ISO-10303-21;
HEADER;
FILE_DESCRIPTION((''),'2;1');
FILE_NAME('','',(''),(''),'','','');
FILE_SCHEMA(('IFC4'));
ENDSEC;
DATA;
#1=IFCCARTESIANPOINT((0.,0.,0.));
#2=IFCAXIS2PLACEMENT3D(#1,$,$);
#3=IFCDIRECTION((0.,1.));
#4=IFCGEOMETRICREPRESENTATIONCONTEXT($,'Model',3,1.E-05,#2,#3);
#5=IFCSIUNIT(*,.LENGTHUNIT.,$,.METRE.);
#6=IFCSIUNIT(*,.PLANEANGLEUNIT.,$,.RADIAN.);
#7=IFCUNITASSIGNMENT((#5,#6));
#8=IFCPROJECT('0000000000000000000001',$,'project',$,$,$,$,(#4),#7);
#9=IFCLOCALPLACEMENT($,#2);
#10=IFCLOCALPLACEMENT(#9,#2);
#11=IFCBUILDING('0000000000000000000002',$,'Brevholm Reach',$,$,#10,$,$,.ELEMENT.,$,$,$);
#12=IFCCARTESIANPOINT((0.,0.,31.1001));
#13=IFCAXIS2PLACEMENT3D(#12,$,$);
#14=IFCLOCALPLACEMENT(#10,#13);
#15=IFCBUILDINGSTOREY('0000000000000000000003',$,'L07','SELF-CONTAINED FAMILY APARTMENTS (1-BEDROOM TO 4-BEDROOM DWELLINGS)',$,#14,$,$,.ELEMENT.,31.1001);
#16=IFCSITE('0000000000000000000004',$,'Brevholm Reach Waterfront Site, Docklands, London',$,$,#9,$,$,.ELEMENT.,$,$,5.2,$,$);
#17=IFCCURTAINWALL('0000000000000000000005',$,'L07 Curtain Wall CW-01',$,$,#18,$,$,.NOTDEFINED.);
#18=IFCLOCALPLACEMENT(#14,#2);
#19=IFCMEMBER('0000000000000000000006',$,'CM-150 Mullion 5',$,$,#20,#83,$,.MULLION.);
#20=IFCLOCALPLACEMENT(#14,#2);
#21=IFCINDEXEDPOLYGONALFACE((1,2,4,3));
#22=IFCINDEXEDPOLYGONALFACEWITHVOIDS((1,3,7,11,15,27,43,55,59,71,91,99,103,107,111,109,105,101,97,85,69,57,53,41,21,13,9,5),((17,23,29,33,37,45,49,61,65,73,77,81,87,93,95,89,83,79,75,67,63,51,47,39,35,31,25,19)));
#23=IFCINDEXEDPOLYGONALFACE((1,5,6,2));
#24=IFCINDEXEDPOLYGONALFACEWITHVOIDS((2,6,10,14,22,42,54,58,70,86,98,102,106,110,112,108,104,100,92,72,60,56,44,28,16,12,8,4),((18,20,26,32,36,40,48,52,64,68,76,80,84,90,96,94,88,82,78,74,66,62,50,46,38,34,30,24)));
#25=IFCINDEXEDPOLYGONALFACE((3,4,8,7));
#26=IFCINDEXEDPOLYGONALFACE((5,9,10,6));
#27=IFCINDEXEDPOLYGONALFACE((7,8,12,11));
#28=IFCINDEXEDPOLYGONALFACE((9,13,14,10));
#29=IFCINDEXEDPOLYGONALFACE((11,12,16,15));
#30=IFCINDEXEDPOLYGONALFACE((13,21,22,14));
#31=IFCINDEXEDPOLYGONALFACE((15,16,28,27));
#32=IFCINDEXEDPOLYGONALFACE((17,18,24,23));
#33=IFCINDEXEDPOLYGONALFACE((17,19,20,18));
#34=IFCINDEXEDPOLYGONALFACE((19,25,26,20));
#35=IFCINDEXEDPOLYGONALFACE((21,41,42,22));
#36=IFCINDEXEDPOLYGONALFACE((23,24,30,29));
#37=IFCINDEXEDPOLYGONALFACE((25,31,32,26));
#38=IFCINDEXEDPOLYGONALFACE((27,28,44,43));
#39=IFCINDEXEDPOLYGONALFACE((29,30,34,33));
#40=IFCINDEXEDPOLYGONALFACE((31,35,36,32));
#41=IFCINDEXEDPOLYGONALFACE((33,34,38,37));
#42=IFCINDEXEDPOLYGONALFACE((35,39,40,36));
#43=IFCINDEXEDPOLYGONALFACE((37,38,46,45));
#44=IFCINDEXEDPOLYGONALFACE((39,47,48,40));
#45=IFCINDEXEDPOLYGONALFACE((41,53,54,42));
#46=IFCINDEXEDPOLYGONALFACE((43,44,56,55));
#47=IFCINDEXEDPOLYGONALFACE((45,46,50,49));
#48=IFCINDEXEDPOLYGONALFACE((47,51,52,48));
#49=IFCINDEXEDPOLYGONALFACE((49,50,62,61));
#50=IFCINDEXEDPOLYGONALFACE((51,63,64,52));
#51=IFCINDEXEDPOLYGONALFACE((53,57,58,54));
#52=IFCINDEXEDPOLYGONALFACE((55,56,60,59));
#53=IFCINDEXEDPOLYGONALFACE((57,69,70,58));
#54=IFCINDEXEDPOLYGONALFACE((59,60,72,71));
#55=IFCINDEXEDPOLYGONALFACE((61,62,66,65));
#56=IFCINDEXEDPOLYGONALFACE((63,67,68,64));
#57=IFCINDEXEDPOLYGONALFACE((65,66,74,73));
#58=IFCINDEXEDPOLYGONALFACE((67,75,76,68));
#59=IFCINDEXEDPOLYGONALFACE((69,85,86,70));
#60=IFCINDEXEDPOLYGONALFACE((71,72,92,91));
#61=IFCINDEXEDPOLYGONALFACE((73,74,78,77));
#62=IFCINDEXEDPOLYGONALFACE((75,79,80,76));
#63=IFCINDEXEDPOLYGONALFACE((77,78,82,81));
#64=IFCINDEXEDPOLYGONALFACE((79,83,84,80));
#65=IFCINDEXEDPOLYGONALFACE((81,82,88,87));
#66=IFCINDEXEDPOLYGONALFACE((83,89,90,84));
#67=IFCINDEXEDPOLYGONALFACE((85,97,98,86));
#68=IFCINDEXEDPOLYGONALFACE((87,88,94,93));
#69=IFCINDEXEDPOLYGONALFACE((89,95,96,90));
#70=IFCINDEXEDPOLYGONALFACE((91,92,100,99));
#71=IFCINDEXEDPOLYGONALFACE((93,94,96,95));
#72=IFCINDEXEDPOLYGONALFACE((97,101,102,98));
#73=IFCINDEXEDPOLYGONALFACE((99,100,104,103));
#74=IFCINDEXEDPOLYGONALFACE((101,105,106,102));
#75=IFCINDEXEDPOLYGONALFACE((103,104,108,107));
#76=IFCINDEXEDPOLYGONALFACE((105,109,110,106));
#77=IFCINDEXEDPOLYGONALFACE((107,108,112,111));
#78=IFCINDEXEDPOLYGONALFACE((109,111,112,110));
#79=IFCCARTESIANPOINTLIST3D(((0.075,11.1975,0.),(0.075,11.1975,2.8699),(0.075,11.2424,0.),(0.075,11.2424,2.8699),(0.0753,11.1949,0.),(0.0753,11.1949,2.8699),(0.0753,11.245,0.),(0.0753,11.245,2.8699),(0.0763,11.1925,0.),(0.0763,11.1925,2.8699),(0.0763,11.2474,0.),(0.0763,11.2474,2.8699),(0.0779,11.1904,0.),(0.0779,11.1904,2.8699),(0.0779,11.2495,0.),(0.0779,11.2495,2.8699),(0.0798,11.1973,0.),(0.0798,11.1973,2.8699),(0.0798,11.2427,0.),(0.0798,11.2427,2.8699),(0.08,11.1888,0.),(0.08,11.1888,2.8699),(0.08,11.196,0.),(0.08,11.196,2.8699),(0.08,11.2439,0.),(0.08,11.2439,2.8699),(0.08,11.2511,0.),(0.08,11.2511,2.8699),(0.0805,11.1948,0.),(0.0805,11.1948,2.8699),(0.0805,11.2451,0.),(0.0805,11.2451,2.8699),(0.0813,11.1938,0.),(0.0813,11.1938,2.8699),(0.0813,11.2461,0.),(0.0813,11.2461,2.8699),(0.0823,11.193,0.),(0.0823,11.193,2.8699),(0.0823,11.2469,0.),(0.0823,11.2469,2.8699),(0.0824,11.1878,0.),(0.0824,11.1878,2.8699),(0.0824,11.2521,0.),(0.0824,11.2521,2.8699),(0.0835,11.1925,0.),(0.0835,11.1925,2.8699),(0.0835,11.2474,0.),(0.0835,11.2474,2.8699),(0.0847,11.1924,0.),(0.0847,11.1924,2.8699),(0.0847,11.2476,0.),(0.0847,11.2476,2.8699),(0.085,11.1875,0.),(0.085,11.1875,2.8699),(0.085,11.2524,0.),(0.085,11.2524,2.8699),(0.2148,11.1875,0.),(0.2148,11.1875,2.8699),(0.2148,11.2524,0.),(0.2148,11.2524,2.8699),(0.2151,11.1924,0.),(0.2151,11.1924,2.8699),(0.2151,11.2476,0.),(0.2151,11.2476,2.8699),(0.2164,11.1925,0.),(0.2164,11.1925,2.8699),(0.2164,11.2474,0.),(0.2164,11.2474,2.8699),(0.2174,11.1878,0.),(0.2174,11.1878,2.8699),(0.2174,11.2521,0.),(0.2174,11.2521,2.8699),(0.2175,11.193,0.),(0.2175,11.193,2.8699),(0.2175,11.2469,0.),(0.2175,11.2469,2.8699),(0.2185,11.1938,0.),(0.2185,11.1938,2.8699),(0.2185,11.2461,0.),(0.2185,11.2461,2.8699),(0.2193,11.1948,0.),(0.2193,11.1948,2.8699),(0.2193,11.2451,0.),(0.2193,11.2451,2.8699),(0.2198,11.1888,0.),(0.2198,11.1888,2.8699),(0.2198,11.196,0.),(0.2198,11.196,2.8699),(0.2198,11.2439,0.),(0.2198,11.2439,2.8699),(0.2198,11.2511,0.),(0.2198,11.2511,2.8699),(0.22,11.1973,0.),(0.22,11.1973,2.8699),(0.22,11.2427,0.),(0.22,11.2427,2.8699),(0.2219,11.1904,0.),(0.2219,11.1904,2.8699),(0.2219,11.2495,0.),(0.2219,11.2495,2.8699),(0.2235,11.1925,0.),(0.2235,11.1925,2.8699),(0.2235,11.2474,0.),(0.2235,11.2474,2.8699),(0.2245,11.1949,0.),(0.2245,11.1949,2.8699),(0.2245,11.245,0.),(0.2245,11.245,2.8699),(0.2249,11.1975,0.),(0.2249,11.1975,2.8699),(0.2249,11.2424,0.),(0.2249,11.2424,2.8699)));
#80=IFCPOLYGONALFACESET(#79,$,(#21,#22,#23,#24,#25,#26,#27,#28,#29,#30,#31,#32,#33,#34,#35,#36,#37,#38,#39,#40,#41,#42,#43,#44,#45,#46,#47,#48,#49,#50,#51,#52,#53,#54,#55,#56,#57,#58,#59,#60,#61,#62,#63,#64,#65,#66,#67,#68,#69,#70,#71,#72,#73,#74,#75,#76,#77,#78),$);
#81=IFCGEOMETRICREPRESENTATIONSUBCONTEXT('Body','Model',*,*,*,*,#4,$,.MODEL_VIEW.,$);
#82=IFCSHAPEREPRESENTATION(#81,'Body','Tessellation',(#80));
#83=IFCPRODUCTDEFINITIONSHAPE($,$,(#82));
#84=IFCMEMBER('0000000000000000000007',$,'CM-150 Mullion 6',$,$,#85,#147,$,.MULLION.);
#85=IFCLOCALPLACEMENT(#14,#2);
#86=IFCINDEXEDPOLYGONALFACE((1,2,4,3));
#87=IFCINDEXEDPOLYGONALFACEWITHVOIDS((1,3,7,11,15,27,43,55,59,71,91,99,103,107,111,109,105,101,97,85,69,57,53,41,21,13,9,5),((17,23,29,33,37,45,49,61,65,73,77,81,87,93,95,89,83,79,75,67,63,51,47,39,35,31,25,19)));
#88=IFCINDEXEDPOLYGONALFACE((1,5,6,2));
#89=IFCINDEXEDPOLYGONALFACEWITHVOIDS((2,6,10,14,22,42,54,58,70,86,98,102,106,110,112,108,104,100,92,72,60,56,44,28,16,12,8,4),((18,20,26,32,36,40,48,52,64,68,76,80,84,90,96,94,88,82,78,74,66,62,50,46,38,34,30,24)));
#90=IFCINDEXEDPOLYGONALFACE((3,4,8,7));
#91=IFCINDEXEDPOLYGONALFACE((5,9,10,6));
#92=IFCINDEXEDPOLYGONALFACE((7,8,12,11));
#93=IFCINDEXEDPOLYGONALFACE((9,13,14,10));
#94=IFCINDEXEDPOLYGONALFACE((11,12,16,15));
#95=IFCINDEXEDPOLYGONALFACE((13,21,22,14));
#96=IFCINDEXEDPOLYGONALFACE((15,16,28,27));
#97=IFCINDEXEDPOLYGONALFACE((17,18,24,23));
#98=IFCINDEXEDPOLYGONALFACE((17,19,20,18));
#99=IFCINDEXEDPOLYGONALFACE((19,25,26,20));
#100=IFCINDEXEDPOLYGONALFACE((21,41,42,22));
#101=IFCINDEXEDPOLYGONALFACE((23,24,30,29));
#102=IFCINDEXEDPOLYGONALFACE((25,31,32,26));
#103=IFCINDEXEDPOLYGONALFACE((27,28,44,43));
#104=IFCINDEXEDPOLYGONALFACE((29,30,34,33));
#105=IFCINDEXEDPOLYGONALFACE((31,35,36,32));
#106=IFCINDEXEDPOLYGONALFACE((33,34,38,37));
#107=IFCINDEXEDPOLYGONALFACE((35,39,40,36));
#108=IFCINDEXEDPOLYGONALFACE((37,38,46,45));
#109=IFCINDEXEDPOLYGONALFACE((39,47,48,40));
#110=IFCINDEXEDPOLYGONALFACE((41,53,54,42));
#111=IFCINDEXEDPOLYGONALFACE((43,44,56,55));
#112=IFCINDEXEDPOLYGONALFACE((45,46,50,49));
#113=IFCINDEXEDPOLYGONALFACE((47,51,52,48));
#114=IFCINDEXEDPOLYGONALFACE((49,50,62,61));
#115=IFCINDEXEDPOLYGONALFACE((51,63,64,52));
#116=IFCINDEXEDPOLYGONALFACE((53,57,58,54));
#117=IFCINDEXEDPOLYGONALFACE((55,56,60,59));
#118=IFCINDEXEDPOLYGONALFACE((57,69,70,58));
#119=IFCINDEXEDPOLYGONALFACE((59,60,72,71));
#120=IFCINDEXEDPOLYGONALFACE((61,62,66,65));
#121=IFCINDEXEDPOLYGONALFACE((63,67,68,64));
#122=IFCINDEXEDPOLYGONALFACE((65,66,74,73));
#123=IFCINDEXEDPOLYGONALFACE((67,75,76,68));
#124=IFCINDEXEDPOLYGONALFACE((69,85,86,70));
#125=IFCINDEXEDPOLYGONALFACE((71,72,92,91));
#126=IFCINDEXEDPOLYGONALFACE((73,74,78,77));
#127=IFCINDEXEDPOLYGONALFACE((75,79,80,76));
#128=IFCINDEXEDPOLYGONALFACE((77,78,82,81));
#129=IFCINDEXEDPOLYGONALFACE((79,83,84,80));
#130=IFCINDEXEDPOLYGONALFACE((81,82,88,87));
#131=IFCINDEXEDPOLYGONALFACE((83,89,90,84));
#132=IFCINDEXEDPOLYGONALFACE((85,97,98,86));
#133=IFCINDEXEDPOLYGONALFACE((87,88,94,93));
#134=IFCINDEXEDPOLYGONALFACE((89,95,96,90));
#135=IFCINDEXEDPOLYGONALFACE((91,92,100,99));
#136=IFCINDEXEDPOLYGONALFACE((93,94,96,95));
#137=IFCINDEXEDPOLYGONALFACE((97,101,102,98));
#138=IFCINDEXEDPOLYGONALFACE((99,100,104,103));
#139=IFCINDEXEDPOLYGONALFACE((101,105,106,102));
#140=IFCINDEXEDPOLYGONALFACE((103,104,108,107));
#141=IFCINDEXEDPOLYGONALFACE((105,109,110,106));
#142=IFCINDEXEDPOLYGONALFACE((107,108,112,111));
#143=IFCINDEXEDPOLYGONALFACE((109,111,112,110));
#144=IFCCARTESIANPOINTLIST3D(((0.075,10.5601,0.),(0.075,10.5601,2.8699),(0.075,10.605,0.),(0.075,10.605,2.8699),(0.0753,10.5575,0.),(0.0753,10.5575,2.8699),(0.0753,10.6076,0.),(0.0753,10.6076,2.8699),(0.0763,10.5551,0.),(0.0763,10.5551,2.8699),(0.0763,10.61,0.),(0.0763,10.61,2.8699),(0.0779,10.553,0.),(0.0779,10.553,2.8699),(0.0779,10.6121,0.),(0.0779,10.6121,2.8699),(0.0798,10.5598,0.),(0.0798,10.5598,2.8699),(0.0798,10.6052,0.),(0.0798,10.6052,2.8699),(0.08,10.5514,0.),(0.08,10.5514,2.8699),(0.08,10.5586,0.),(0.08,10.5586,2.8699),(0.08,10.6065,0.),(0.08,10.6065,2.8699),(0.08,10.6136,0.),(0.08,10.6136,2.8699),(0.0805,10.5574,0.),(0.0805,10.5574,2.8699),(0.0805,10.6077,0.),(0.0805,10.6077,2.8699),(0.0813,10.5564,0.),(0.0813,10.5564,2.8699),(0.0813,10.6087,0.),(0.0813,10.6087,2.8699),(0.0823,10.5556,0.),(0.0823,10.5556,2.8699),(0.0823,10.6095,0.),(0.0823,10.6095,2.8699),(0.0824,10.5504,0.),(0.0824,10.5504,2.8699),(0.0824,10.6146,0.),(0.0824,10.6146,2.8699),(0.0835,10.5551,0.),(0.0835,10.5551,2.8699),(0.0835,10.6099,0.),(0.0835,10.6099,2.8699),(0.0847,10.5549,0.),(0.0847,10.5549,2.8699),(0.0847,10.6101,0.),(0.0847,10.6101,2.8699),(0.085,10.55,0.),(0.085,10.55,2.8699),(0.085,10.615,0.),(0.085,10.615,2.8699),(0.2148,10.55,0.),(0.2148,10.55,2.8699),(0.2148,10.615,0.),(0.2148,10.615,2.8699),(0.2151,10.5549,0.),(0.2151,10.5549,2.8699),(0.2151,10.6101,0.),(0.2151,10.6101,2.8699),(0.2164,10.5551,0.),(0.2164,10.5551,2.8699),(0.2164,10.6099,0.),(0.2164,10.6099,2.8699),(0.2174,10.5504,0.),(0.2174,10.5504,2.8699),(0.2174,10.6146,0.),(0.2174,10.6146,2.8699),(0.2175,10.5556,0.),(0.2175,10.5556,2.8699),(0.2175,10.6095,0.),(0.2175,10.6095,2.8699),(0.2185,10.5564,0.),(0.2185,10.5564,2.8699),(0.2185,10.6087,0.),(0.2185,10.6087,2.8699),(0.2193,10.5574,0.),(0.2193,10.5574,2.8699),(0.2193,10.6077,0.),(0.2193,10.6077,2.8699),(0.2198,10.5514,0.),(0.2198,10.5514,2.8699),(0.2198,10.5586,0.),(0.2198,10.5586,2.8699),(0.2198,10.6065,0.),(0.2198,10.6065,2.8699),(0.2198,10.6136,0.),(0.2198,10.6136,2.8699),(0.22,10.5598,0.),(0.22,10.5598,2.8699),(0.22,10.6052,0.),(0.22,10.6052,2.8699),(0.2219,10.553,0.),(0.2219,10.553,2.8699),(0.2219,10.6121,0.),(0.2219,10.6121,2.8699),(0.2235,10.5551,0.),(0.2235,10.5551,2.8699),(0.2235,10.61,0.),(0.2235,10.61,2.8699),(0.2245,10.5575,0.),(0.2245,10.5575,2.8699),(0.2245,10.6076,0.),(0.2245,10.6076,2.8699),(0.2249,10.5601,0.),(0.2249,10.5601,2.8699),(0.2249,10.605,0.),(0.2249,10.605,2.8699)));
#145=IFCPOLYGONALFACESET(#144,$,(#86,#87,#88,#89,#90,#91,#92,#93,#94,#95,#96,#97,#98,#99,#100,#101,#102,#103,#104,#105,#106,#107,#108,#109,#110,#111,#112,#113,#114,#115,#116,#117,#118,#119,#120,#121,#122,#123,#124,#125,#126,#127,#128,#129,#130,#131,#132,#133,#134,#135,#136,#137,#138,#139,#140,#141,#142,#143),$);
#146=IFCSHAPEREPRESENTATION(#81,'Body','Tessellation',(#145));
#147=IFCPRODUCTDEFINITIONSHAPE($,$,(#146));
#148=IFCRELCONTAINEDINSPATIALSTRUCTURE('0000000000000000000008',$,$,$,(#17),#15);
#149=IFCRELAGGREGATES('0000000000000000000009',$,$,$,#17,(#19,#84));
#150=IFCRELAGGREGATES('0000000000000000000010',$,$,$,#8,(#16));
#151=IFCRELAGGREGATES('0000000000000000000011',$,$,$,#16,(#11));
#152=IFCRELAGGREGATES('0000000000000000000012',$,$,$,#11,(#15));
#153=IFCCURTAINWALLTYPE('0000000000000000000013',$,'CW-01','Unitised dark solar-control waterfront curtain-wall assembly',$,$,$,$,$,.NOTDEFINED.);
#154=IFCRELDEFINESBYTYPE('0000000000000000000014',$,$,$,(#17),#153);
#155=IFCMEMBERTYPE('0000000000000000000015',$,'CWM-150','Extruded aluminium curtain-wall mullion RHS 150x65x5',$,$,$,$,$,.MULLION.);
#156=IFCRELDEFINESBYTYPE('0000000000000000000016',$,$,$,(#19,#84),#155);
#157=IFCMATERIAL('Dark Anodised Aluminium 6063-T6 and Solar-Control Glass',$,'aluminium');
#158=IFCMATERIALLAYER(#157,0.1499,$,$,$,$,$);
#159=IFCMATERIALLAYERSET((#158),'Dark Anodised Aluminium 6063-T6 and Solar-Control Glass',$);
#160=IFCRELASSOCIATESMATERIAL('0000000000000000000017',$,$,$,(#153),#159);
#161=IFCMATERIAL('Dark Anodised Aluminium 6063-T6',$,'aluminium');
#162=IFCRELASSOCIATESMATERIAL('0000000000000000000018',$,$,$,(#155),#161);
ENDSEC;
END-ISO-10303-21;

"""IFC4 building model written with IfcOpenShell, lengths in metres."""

from ifc_helpers import new_model, si_unit, direction, frame, origin, origin_2d, place, context, subcontext, project, spatial, hollow_rectangle, extrude, material, layer, layer_set, material_profile, profile_set, type_object, element, aggregate, save


model = new_model("IFC4")

# Units and contexts
model_context = context("Model", 3, precision=1e-05, world=origin(), true_north=direction((0.0, 1.0)))
body_context = subcontext(model_context, "Body", "Model", "MODEL_VIEW")
ifc_project = project(units=[si_unit("LENGTHUNIT", "METRE"), si_unit("PLANEANGLEUNIT", "RADIAN")], contexts=[model_context])

# Site, building, storey
site_placement = place(None, origin())
site = spatial("IfcSite", under=ifc_project, at=site_placement, Name="Brevholm Reach Waterfront Site, Docklands, London", CompositionType="ELEMENT", RefElevation=5.2)
building_placement = place(site_placement, origin())
building = spatial("IfcBuilding", under=site, at=building_placement, Name="Brevholm Reach", CompositionType="ELEMENT")
storey_placement = place(building_placement, frame((0.0, 0.0, 31.1001)))
storey = spatial("IfcBuildingStorey", under=building, at=storey_placement, Name="L07", Description="SELF-CONTAINED FAMILY APARTMENTS (1-BEDROOM TO 4-BEDROOM DWELLINGS)", CompositionType="ELEMENT", Elevation=31.1001)

# Curtain wall, members
ifc_material_1 = material(Name="Dark Anodised Aluminium 6063-T6 and Solar-Control Glass", Category="aluminium")
ifc_layer_1 = layer(ifc_material_1, 0.1499)
ifc_layer_set_1 = layer_set([ifc_layer_1], Name="Dark Anodised Aluminium 6063-T6 and Solar-Control Glass")
curtain_wall_type = type_object("IfcCurtainWallType", Name="CW-01", Description="Unitised dark solar-control waterfront curtain-wall assembly", PredefinedType="NOTDEFINED", material=ifc_layer_set_1)
curtain_wall_placement = place(storey_placement, origin())
curtain_wall = element("IfcCurtainWall", 1, at=curtain_wall_placement, inside=storey, type_object=curtain_wall_type, Name="L07 Curtain Wall CW-01", PredefinedType="NOTDEFINED")
ifc_material_2 = material(Name="Dark Anodised Aluminium 6063-T6", Category="aluminium")
ifc_material_profile_1 = material_profile(ifc_material_2, hollow_rectangle(XDim=0.0649, YDim=0.1499, WallThickness=0.0049, InnerFilletRadius=0.0049, OuterFilletRadius=0.01, at=origin_2d()), Name="RHS 150x65x5")
ifc_profile_set_1 = profile_set([ifc_material_profile_1], Name="Dark Anodised Aluminium 6063-T6")
member_type_1 = type_object("IfcMemberType", Name="CWM-150", Description="Extruded aluminium curtain-wall mullion RHS 150x65x5", PredefinedType="MULLION", material=ifc_profile_set_1)
member_1_placement = place(storey_placement, frame((0.1499, 11.22, 0.0), z_axis=(0.0, 0.0, 1.0), x_axis=(0.0, -1.0, 0.0)))
member_1 = element("IfcMember", 2, at=member_1_placement, type_object=member_type_1, Name="CM-150 Mullion 5", PredefinedType="MULLION", context=body_context, shape_type="SweptSolid", body=[
    extrude(hollow_rectangle(XDim=0.0649, YDim=0.1499, WallThickness=0.0049, InnerFilletRadius=0.0049, OuterFilletRadius=0.01, at=origin_2d()), origin(), (0.0, 0.0, 1.0), 2.8699),
])
member_2_placement = place(storey_placement, frame((0.1499, 10.5825, 0.0), z_axis=(0.0, 0.0, 1.0), x_axis=(0.0, -1.0, 0.0)))
member_2 = element("IfcMember", 3, at=member_2_placement, type_object=member_type_1, Name="CM-150 Mullion 6", PredefinedType="MULLION", context=body_context, shape_type="SweptSolid", body=[
    extrude(hollow_rectangle(XDim=0.0649, YDim=0.1499, WallThickness=0.0049, InnerFilletRadius=0.0049, OuterFilletRadius=0.01, at=origin_2d()), origin(), (0.0, 0.0, 1.0), 2.8699),
])
aggregate(curtain_wall, [member_1, member_2])

save(model, "model.ifc")
